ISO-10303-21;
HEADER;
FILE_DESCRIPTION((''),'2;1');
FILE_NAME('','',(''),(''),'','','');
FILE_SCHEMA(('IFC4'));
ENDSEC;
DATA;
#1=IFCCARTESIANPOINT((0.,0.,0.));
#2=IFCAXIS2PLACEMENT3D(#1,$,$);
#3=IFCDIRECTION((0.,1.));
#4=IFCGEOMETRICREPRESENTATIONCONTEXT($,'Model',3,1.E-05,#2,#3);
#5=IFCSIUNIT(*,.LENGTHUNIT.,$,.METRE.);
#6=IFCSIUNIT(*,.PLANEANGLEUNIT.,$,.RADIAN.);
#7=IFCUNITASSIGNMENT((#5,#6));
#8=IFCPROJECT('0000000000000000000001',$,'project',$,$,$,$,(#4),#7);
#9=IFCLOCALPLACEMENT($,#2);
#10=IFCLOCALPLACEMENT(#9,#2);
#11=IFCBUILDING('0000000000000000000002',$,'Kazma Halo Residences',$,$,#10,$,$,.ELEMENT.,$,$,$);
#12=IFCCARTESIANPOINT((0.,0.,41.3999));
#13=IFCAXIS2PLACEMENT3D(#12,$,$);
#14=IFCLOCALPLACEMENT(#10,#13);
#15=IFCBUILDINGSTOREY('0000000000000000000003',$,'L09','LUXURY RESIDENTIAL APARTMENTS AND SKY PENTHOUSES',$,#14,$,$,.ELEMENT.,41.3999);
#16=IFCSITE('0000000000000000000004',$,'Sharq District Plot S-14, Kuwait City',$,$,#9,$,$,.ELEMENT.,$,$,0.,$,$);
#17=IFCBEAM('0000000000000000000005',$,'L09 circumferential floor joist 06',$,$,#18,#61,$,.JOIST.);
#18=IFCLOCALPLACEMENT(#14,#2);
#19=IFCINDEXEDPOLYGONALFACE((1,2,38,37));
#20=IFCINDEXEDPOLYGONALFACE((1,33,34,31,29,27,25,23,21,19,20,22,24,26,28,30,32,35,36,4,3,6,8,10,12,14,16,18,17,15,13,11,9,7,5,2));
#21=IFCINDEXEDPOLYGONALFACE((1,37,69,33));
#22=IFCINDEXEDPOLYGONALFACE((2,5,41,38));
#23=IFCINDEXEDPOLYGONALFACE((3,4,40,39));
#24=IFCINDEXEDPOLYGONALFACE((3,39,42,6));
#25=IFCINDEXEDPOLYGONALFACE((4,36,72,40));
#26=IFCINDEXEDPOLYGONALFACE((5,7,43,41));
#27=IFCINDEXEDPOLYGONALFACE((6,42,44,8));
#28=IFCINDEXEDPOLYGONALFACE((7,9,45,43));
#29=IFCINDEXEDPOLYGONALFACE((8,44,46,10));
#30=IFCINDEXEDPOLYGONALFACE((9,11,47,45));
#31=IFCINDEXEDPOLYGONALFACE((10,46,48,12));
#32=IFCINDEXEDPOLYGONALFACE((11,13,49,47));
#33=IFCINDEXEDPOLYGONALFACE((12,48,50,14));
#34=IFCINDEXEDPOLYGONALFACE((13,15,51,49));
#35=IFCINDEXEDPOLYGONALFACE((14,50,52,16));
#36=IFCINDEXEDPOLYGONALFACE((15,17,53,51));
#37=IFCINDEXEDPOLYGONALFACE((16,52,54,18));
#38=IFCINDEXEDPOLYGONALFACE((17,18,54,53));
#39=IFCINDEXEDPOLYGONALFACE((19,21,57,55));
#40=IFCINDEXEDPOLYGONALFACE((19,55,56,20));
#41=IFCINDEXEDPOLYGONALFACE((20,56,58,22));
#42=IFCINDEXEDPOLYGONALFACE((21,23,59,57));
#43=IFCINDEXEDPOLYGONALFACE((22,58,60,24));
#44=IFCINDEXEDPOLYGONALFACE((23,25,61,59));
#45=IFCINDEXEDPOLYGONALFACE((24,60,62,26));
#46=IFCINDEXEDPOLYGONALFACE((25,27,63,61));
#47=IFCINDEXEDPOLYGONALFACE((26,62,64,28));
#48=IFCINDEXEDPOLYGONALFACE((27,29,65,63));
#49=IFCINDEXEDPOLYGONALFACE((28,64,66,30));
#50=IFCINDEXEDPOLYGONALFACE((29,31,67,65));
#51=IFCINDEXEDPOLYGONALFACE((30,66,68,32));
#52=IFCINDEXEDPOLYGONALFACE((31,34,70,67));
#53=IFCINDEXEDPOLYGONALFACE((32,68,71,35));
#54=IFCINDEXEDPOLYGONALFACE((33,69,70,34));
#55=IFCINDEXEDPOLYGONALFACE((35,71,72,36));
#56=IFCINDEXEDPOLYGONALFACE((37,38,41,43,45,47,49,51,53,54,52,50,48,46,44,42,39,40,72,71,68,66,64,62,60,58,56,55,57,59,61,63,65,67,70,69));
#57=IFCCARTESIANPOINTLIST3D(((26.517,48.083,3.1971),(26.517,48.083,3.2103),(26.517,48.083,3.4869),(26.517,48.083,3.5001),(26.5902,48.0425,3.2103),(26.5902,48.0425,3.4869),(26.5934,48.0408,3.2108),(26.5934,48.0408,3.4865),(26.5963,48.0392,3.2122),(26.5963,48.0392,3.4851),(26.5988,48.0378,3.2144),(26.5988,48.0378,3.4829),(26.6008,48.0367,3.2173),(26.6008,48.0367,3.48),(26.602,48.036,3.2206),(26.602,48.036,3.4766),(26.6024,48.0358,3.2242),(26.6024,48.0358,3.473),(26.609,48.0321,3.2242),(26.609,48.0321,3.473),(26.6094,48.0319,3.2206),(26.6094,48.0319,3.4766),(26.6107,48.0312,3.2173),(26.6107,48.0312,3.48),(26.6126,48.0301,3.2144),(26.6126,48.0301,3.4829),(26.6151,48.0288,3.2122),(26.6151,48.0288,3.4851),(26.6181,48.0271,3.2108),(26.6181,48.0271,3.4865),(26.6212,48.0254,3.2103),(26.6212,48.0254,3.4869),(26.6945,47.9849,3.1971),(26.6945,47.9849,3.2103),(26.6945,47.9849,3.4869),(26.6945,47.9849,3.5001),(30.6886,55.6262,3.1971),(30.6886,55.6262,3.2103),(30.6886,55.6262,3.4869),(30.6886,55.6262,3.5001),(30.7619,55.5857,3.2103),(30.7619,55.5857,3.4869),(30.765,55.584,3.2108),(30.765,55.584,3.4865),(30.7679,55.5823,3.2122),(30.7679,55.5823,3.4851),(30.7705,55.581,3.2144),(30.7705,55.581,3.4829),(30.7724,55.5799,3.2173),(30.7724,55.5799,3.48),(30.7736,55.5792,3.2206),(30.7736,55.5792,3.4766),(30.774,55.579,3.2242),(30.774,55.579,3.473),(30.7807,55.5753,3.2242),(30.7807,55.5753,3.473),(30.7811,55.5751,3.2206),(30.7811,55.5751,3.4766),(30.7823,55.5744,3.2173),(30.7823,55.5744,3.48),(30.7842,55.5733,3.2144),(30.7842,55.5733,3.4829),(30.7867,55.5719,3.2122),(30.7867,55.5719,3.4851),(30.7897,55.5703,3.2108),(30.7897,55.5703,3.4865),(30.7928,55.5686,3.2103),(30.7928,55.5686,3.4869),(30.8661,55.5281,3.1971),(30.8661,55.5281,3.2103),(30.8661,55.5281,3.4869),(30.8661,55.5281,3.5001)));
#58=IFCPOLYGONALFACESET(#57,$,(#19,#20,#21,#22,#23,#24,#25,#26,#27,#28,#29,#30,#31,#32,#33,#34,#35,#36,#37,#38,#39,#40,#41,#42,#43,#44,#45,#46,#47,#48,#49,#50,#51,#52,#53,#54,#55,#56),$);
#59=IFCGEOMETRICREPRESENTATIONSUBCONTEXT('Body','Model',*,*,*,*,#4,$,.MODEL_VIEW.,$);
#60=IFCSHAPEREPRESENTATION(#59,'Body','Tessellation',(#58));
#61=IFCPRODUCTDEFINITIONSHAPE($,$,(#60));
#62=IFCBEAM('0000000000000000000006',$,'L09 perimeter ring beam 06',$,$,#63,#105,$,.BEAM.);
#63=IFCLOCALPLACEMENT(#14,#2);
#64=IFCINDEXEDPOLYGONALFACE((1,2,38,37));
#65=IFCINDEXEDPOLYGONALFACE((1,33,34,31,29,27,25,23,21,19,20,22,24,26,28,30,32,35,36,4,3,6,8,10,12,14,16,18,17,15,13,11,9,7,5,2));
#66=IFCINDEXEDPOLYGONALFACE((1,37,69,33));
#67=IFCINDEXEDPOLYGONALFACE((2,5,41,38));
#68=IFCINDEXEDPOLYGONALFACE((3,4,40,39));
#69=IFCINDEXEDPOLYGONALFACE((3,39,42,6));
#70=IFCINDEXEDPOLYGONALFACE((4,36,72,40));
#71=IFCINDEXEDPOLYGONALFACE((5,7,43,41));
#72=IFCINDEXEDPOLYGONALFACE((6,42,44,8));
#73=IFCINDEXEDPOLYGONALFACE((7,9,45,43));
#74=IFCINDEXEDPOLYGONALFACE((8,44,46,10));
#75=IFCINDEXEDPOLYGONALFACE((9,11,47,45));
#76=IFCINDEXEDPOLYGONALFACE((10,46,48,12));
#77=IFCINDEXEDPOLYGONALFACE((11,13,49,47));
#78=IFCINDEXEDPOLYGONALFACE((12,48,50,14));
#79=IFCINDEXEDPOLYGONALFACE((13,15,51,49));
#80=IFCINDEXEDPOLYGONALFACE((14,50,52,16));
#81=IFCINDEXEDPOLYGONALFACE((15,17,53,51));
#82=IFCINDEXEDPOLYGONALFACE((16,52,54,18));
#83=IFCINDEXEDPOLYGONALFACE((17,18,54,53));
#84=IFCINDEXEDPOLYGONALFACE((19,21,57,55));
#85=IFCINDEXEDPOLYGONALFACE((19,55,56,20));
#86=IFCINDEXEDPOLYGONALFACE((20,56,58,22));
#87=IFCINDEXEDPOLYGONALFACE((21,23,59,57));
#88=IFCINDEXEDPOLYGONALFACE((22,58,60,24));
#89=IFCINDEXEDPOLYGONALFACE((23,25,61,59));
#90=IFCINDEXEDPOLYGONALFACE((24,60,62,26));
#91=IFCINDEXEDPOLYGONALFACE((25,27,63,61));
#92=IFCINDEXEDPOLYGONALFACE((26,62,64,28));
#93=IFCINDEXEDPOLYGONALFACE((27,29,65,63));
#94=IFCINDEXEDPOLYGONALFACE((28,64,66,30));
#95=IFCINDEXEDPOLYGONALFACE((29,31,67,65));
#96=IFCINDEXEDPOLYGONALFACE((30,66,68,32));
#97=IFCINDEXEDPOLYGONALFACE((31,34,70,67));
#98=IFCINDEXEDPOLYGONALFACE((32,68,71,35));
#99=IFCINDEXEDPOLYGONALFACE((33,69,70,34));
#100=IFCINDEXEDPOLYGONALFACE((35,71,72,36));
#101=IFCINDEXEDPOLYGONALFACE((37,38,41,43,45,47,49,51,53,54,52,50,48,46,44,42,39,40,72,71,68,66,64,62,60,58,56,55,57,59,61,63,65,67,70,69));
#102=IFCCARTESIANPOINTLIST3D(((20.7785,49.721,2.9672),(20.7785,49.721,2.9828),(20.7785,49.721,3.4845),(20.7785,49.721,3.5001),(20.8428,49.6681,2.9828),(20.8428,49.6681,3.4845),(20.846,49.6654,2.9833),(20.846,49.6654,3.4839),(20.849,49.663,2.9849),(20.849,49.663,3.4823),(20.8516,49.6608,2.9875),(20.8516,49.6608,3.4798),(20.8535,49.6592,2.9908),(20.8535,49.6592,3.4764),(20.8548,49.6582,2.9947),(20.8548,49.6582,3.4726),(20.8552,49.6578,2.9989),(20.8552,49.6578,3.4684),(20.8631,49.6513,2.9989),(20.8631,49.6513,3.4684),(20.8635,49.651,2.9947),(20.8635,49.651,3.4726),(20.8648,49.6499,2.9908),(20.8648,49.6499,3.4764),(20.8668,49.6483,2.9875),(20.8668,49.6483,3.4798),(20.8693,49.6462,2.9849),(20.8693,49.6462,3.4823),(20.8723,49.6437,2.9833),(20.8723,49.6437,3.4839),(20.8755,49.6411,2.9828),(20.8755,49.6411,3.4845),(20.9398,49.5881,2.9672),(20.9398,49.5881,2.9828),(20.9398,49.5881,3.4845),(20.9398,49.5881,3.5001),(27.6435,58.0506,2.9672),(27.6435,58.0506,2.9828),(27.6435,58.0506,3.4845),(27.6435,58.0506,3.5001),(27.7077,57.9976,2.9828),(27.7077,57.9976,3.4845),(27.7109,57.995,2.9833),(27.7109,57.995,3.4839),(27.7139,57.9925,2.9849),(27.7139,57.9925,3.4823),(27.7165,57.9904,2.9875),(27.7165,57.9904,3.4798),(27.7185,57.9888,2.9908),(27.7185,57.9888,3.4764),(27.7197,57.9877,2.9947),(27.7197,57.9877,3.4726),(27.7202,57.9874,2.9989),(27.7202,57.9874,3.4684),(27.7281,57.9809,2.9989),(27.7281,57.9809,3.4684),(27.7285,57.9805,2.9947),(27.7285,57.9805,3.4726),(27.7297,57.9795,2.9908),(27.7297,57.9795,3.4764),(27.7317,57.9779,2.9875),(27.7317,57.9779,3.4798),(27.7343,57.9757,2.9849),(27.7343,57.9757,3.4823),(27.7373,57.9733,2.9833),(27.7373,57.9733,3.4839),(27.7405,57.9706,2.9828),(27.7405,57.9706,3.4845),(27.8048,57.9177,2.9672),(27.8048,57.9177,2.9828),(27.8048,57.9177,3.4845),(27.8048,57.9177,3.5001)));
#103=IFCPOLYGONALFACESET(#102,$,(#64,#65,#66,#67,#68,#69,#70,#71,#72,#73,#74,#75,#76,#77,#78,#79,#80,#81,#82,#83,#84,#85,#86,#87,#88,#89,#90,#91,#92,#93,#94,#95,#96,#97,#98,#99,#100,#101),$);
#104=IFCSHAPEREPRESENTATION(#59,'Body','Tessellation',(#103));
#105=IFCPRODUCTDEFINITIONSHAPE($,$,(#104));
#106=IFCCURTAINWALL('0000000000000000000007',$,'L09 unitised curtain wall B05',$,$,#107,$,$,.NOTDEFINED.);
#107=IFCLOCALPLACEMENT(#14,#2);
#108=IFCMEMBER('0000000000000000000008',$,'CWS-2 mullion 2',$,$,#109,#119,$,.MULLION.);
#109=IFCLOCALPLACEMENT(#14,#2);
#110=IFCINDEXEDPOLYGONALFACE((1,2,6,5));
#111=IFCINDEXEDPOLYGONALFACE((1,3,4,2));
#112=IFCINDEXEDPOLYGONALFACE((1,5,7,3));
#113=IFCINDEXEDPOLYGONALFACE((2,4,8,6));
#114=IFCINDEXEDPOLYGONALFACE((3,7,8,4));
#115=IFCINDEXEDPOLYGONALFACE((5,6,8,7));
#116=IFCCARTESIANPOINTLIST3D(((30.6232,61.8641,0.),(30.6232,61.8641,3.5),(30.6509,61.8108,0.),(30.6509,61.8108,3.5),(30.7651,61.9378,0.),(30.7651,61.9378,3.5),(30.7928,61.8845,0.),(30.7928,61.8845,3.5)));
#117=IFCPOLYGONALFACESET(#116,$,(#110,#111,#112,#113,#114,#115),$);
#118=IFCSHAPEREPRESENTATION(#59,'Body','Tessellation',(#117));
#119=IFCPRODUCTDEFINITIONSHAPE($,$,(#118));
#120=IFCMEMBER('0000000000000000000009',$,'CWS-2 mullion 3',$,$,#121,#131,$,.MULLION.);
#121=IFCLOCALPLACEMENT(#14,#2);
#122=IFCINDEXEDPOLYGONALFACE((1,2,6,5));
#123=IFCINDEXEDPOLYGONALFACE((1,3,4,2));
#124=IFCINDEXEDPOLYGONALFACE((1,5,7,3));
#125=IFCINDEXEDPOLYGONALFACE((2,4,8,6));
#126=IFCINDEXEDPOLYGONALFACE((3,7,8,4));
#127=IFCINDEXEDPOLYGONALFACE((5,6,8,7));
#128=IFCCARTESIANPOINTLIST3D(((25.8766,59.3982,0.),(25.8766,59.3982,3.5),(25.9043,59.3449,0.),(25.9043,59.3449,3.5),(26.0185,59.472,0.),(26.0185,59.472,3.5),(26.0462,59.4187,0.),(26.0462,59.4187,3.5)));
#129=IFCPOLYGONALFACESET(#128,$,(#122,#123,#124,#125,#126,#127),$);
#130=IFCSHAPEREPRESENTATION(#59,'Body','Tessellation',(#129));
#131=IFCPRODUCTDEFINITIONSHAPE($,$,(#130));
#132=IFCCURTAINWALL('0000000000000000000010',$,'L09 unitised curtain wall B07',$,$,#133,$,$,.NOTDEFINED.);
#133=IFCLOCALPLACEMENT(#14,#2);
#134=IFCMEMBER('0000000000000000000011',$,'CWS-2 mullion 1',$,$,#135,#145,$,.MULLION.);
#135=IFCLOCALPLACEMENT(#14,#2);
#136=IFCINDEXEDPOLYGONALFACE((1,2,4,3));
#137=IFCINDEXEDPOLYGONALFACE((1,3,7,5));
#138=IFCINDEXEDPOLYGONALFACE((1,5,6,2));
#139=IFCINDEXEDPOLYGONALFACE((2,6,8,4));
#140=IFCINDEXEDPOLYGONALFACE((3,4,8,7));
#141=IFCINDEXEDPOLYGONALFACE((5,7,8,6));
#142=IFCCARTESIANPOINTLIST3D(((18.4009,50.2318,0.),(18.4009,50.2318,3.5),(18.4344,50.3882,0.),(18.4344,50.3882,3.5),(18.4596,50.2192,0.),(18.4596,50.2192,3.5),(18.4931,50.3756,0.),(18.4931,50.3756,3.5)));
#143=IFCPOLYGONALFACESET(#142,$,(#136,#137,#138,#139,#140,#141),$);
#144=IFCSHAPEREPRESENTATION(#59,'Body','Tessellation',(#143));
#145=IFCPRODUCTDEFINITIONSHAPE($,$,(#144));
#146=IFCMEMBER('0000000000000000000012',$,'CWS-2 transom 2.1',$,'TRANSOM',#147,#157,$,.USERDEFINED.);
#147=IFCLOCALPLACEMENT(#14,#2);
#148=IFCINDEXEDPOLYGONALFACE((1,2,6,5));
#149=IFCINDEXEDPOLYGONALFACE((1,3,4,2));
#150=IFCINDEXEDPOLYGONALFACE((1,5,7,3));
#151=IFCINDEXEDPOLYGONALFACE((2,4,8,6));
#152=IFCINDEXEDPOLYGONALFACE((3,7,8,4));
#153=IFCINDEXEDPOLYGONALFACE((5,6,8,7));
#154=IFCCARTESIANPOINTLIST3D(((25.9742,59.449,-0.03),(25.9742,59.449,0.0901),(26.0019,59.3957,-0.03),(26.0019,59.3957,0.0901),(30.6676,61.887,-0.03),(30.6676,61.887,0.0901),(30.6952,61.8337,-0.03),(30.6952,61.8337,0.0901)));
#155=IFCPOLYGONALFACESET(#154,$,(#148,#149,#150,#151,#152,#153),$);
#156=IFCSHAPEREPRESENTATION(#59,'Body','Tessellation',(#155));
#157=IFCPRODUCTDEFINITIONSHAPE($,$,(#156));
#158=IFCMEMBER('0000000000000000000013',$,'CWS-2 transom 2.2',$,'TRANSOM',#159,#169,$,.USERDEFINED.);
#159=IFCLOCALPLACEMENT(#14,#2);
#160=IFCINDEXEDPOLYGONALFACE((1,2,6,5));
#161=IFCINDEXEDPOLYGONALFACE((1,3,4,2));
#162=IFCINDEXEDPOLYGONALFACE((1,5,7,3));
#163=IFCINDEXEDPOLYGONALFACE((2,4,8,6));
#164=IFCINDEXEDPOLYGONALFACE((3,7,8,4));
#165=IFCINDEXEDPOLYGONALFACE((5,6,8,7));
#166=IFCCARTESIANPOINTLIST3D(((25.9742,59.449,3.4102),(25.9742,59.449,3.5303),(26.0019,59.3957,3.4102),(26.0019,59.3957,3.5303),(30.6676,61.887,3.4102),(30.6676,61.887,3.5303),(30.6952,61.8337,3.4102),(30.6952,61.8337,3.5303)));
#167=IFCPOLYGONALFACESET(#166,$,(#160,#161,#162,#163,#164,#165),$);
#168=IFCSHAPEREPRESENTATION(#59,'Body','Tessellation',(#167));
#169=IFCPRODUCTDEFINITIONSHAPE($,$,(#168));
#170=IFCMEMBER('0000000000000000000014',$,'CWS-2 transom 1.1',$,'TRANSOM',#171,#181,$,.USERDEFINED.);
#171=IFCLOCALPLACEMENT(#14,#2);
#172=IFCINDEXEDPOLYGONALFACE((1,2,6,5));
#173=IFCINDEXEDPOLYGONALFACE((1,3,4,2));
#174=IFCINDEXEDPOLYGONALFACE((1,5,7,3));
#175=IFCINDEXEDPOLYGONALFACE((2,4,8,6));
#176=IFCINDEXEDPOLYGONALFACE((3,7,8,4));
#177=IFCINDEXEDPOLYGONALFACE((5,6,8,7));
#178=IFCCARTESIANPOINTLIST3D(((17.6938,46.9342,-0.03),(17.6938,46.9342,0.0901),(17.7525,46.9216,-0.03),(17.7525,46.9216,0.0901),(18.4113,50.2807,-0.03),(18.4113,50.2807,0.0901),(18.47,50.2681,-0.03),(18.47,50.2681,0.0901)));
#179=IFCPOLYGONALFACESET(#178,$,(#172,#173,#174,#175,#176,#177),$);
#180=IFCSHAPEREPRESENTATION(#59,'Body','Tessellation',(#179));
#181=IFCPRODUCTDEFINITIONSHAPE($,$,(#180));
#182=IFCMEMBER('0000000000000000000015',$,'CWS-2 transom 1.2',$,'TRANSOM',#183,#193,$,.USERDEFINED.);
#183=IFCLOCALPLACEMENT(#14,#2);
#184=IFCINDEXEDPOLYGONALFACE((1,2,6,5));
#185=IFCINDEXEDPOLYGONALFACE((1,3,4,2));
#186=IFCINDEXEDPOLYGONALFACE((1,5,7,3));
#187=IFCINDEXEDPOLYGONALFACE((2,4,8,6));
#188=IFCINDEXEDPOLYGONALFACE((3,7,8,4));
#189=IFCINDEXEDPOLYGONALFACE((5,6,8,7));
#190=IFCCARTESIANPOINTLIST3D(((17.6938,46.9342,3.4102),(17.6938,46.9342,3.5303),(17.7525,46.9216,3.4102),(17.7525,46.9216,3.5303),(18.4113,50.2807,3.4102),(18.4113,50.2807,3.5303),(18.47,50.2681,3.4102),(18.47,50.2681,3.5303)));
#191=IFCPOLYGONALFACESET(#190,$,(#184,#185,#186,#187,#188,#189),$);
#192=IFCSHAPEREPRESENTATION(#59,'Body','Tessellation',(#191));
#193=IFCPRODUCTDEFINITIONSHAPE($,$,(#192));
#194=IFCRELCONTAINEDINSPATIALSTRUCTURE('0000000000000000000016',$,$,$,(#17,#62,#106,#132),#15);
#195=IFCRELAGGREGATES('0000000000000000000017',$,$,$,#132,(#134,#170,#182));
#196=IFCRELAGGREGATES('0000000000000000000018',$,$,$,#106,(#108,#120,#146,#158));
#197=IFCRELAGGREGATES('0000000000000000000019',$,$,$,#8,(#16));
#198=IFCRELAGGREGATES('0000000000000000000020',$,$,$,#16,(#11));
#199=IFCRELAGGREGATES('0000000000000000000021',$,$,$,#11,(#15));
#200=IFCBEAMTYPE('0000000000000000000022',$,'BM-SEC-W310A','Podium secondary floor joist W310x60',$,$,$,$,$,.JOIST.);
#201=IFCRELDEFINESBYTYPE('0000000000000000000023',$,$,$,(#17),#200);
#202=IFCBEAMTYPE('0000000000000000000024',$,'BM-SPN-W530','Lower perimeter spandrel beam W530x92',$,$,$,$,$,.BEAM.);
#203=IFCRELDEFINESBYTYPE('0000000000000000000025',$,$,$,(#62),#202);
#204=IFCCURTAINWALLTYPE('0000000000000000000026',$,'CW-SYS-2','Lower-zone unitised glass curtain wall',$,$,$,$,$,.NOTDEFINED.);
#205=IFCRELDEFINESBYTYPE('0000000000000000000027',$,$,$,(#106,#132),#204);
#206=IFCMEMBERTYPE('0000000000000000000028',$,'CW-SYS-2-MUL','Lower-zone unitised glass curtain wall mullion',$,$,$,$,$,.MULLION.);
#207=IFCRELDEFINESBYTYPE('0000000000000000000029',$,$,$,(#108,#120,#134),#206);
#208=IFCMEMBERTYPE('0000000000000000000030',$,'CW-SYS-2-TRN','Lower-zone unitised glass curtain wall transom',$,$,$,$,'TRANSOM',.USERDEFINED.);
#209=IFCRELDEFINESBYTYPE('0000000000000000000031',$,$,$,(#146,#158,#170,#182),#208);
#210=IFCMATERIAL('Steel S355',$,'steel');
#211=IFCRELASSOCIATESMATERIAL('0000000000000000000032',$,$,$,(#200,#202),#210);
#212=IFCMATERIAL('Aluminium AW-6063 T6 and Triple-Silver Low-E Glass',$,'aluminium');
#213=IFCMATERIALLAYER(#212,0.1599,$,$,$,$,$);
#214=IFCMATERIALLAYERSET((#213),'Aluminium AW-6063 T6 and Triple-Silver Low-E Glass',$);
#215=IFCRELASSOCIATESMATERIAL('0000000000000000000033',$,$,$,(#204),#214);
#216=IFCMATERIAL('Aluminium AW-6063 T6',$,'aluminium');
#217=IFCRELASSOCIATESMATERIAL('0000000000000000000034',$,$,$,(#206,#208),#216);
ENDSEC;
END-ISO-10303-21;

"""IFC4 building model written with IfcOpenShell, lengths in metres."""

from ifc_helpers import new_model, si_unit, direction, frame, origin, origin_2d, place, context, subcontext, project, spatial, rectangle, i_section, extrude, material, layer, layer_set, material_profile, profile_set, type_object, element, aggregate, save


model = new_model("IFC4")

# Units and contexts
model_context = context("Model", 3, precision=1e-05, world=origin(), true_north=direction((0.0, 1.0)))
body_context = subcontext(model_context, "Body", "Model", "MODEL_VIEW")
ifc_project = project(units=[si_unit("LENGTHUNIT", "METRE"), si_unit("PLANEANGLEUNIT", "RADIAN")], contexts=[model_context])

# Site, building, storey
site_placement = place(None, origin())
site = spatial("IfcSite", under=ifc_project, at=site_placement, Name="Sharq District Plot S-14, Kuwait City", CompositionType="ELEMENT", RefElevation=0.0)
building_placement = place(site_placement, origin())
building = spatial("IfcBuilding", under=site, at=building_placement, Name="Kazma Halo Residences", CompositionType="ELEMENT")
storey_placement = place(building_placement, frame((0.0, 0.0, 41.3999)))
storey = spatial("IfcBuildingStorey", under=building, at=storey_placement, Name="L09", Description="LUXURY RESIDENTIAL APARTMENTS AND SKY PENTHOUSES", CompositionType="ELEMENT", Elevation=41.3999)

# Beams
ifc_material_1 = material(Name="Steel S355", Category="steel")
ifc_material_profile_1 = material_profile(ifc_material_1, i_section(OverallWidth=0.2029, OverallDepth=0.303, WebThickness=0.0076, FlangeThickness=0.0132, FilletRadius=0.0139, at=origin_2d()), Name="W310x60")
ifc_profile_set_1 = profile_set([ifc_material_profile_1], Name="Steel S355")
beam_type_1 = type_object("IfcBeamType", Name="BM-SEC-W310A", Description="Podium secondary floor joist W310x60", PredefinedType="JOIST", material=ifc_profile_set_1)
beam_1_placement = place(storey_placement, frame((30.7773, 55.5771, 3.3486), z_axis=(-0.483954, -0.875094, 0.0), x_axis=(0.875094, -0.483954, 0.0)))
element("IfcBeam", 1, at=beam_1_placement, inside=storey, type_object=beam_type_1, Name="L09 circumferential floor joist 06", PredefinedType="JOIST", context=body_context, shape_type="SweptSolid", body=[
    extrude(i_section(OverallWidth=0.2029, OverallDepth=0.303, WebThickness=0.0076, FlangeThickness=0.0132, FilletRadius=0.0139, at=origin_2d()), origin(), (0.0, 0.0, 1.0), 8.6199),
])
ifc_material_profile_2 = material_profile(ifc_material_1, i_section(OverallWidth=0.209, OverallDepth=0.533, WebThickness=0.0103, FlangeThickness=0.0156, FilletRadius=0.0161, at=origin_2d()), Name="W530x92")
ifc_profile_set_2 = profile_set([ifc_material_profile_2], Name="Steel S355")
beam_type_2 = type_object("IfcBeamType", Name="BM-SPN-W530", Description="Lower perimeter spandrel beam W530x92", PredefinedType="BEAM", material=ifc_profile_set_2)
beam_2_placement = place(storey_placement, frame((27.7241, 57.9841, 3.2336), z_axis=(-0.636001, -0.771688, 0.0), x_axis=(0.771688, -0.636001, 0.0)))
element("IfcBeam", 2, at=beam_2_placement, inside=storey, type_object=beam_type_2, Name="L09 perimeter ring beam 06", PredefinedType="BEAM", context=body_context, shape_type="SweptSolid", body=[
    extrude(i_section(OverallWidth=0.209, OverallDepth=0.533, WebThickness=0.0103, FlangeThickness=0.0156, FilletRadius=0.0161, at=origin_2d()), origin(), (0.0, 0.0, 1.0), 10.7939),
])

# Curtain wall, members
ifc_material_2 = material(Name="Aluminium AW-6063 T6 and Triple-Silver Low-E Glass", Category="aluminium")
ifc_layer_1 = layer(ifc_material_2, 0.1599)
ifc_layer_set_1 = layer_set([ifc_layer_1], Name="Aluminium AW-6063 T6 and Triple-Silver Low-E Glass")
curtain_wall_type = type_object("IfcCurtainWallType", Name="CW-SYS-2", Description="Lower-zone unitised glass curtain wall", PredefinedType="NOTDEFINED", material=ifc_layer_set_1)
curtain_wall_1_placement = place(storey_placement, origin())
curtain_wall_1 = element("IfcCurtainWall", 3, at=curtain_wall_1_placement, inside=storey, type_object=curtain_wall_type, Name="L09 unitised curtain wall B05", PredefinedType="NOTDEFINED")
ifc_material_3 = material(Name="Aluminium AW-6063 T6", Category="aluminium")
ifc_material_profile_3 = material_profile(ifc_material_3, rectangle(XDim=0.0601, YDim=0.1599, at=origin_2d()), Name="CWM-60x160")
ifc_profile_set_3 = profile_set([ifc_material_profile_3], Name="Aluminium AW-6063 T6")
member_type_1 = type_object("IfcMemberType", Name="CW-SYS-2-MUL", Description="Lower-zone unitised glass curtain wall mullion", PredefinedType="MULLION", material=ifc_profile_set_3)
member_1_placement = place(storey_placement, frame((30.708, 61.8743, 0.0), z_axis=(0.0, 0.0, 1.0), x_axis=(0.460996, -0.887402, 0.0)))
member_1 = element("IfcMember", 4, at=member_1_placement, type_object=member_type_1, Name="CWS-2 mullion 2", PredefinedType="MULLION", context=body_context, shape_type="SweptSolid", body=[
    extrude(rectangle(XDim=0.0601, YDim=0.1599, at=origin_2d()), origin(), (0.0, 0.0, 1.0), 3.5),
])
member_2_placement = place(storey_placement, frame((25.9614, 59.4084, 0.0), z_axis=(0.0, 0.0, 1.0), x_axis=(0.460996, -0.887402, 0.0)))
member_2 = element("IfcMember", 5, at=member_2_placement, type_object=member_type_1, Name="CWS-2 mullion 3", PredefinedType="MULLION", context=body_context, shape_type="SweptSolid", body=[
    extrude(rectangle(XDim=0.0601, YDim=0.1599, at=origin_2d()), origin(), (0.0, 0.0, 1.0), 3.5),
])

# Curtain wall, member
curtain_wall_2_placement = place(storey_placement, origin())
curtain_wall_2 = element("IfcCurtainWall", 6, at=curtain_wall_2_placement, inside=storey, type_object=curtain_wall_type, Name="L09 unitised curtain wall B07", PredefinedType="NOTDEFINED")
member_3_placement = place(storey_placement, frame((18.447, 50.3037, 0.0), z_axis=(0.0, 0.0, 1.0), x_axis=(0.977779, -0.209637, 0.0)))
member_3 = element("IfcMember", 7, at=member_3_placement, type_object=member_type_1, Name="CWS-2 mullion 1", PredefinedType="MULLION", context=body_context, shape_type="SweptSolid", body=[
    extrude(rectangle(XDim=0.0601, YDim=0.1599, at=origin_2d()), origin(), (0.0, 0.0, 1.0), 3.5),
])

# Members
ifc_material_profile_4 = material_profile(ifc_material_3, rectangle(XDim=0.0601, YDim=0.1201, at=origin_2d()), Name="CWT-60x120")
ifc_profile_set_4 = profile_set([ifc_material_profile_4], Name="Aluminium AW-6063 T6")
member_type_2 = type_object("IfcMemberType", Name="CW-SYS-2-TRN", Description="Lower-zone unitised glass curtain wall transom", ElementType="TRANSOM", PredefinedType="USERDEFINED", material=ifc_profile_set_4)
member_4_placement = place(storey_placement, frame((30.6814, 61.8604, 0.03), z_axis=(-0.887415, -0.460972, 0.0), x_axis=(0.460972, -0.887415, 0.0)))
member_4 = element("IfcMember", 8, at=member_4_placement, type_object=member_type_2, Name="CWS-2 transom 2.1", ObjectType="TRANSOM", PredefinedType="USERDEFINED", context=body_context, shape_type="SweptSolid", body=[
    extrude(rectangle(XDim=0.0601, YDim=0.1201, at=origin_2d()), origin(), (0.0, 0.0, 1.0), 5.2888),
])
member_5_placement = place(storey_placement, frame((30.6814, 61.8604, 3.4702), z_axis=(-0.887415, -0.460972, 0.0), x_axis=(0.460972, -0.887415, 0.0)))
member_5 = element("IfcMember", 9, at=member_5_placement, type_object=member_type_2, Name="CWS-2 transom 2.2", ObjectType="TRANSOM", PredefinedType="USERDEFINED", context=body_context, shape_type="SweptSolid", body=[
    extrude(rectangle(XDim=0.0601, YDim=0.1201, at=origin_2d()), origin(), (0.0, 0.0, 1.0), 5.2888),
])
member_6_placement = place(storey_placement, frame((18.4407, 50.2744, 0.03), z_axis=(-0.209651, -0.977776, 0.0), x_axis=(0.977776, -0.209651, 0.0)))
member_6 = element("IfcMember", 10, at=member_6_placement, type_object=member_type_2, Name="CWS-2 transom 1.1", ObjectType="TRANSOM", PredefinedType="USERDEFINED", context=body_context, shape_type="SweptSolid", body=[
    extrude(rectangle(XDim=0.0601, YDim=0.1201, at=origin_2d()), origin(), (0.0, 0.0, 1.0), 3.4226),
])
member_7_placement = place(storey_placement, frame((18.4407, 50.2744, 3.4702), z_axis=(-0.209651, -0.977776, 0.0), x_axis=(0.977776, -0.209651, 0.0)))
member_7 = element("IfcMember", 11, at=member_7_placement, type_object=member_type_2, Name="CWS-2 transom 1.2", ObjectType="TRANSOM", PredefinedType="USERDEFINED", context=body_context, shape_type="SweptSolid", body=[
    extrude(rectangle(XDim=0.0601, YDim=0.1201, at=origin_2d()), origin(), (0.0, 0.0, 1.0), 3.4226),
])
aggregate(curtain_wall_2, [member_3, member_6, member_7])

aggregate(curtain_wall_1, [member_1, member_2, member_4, member_5])

save(model, "model.ifc")
